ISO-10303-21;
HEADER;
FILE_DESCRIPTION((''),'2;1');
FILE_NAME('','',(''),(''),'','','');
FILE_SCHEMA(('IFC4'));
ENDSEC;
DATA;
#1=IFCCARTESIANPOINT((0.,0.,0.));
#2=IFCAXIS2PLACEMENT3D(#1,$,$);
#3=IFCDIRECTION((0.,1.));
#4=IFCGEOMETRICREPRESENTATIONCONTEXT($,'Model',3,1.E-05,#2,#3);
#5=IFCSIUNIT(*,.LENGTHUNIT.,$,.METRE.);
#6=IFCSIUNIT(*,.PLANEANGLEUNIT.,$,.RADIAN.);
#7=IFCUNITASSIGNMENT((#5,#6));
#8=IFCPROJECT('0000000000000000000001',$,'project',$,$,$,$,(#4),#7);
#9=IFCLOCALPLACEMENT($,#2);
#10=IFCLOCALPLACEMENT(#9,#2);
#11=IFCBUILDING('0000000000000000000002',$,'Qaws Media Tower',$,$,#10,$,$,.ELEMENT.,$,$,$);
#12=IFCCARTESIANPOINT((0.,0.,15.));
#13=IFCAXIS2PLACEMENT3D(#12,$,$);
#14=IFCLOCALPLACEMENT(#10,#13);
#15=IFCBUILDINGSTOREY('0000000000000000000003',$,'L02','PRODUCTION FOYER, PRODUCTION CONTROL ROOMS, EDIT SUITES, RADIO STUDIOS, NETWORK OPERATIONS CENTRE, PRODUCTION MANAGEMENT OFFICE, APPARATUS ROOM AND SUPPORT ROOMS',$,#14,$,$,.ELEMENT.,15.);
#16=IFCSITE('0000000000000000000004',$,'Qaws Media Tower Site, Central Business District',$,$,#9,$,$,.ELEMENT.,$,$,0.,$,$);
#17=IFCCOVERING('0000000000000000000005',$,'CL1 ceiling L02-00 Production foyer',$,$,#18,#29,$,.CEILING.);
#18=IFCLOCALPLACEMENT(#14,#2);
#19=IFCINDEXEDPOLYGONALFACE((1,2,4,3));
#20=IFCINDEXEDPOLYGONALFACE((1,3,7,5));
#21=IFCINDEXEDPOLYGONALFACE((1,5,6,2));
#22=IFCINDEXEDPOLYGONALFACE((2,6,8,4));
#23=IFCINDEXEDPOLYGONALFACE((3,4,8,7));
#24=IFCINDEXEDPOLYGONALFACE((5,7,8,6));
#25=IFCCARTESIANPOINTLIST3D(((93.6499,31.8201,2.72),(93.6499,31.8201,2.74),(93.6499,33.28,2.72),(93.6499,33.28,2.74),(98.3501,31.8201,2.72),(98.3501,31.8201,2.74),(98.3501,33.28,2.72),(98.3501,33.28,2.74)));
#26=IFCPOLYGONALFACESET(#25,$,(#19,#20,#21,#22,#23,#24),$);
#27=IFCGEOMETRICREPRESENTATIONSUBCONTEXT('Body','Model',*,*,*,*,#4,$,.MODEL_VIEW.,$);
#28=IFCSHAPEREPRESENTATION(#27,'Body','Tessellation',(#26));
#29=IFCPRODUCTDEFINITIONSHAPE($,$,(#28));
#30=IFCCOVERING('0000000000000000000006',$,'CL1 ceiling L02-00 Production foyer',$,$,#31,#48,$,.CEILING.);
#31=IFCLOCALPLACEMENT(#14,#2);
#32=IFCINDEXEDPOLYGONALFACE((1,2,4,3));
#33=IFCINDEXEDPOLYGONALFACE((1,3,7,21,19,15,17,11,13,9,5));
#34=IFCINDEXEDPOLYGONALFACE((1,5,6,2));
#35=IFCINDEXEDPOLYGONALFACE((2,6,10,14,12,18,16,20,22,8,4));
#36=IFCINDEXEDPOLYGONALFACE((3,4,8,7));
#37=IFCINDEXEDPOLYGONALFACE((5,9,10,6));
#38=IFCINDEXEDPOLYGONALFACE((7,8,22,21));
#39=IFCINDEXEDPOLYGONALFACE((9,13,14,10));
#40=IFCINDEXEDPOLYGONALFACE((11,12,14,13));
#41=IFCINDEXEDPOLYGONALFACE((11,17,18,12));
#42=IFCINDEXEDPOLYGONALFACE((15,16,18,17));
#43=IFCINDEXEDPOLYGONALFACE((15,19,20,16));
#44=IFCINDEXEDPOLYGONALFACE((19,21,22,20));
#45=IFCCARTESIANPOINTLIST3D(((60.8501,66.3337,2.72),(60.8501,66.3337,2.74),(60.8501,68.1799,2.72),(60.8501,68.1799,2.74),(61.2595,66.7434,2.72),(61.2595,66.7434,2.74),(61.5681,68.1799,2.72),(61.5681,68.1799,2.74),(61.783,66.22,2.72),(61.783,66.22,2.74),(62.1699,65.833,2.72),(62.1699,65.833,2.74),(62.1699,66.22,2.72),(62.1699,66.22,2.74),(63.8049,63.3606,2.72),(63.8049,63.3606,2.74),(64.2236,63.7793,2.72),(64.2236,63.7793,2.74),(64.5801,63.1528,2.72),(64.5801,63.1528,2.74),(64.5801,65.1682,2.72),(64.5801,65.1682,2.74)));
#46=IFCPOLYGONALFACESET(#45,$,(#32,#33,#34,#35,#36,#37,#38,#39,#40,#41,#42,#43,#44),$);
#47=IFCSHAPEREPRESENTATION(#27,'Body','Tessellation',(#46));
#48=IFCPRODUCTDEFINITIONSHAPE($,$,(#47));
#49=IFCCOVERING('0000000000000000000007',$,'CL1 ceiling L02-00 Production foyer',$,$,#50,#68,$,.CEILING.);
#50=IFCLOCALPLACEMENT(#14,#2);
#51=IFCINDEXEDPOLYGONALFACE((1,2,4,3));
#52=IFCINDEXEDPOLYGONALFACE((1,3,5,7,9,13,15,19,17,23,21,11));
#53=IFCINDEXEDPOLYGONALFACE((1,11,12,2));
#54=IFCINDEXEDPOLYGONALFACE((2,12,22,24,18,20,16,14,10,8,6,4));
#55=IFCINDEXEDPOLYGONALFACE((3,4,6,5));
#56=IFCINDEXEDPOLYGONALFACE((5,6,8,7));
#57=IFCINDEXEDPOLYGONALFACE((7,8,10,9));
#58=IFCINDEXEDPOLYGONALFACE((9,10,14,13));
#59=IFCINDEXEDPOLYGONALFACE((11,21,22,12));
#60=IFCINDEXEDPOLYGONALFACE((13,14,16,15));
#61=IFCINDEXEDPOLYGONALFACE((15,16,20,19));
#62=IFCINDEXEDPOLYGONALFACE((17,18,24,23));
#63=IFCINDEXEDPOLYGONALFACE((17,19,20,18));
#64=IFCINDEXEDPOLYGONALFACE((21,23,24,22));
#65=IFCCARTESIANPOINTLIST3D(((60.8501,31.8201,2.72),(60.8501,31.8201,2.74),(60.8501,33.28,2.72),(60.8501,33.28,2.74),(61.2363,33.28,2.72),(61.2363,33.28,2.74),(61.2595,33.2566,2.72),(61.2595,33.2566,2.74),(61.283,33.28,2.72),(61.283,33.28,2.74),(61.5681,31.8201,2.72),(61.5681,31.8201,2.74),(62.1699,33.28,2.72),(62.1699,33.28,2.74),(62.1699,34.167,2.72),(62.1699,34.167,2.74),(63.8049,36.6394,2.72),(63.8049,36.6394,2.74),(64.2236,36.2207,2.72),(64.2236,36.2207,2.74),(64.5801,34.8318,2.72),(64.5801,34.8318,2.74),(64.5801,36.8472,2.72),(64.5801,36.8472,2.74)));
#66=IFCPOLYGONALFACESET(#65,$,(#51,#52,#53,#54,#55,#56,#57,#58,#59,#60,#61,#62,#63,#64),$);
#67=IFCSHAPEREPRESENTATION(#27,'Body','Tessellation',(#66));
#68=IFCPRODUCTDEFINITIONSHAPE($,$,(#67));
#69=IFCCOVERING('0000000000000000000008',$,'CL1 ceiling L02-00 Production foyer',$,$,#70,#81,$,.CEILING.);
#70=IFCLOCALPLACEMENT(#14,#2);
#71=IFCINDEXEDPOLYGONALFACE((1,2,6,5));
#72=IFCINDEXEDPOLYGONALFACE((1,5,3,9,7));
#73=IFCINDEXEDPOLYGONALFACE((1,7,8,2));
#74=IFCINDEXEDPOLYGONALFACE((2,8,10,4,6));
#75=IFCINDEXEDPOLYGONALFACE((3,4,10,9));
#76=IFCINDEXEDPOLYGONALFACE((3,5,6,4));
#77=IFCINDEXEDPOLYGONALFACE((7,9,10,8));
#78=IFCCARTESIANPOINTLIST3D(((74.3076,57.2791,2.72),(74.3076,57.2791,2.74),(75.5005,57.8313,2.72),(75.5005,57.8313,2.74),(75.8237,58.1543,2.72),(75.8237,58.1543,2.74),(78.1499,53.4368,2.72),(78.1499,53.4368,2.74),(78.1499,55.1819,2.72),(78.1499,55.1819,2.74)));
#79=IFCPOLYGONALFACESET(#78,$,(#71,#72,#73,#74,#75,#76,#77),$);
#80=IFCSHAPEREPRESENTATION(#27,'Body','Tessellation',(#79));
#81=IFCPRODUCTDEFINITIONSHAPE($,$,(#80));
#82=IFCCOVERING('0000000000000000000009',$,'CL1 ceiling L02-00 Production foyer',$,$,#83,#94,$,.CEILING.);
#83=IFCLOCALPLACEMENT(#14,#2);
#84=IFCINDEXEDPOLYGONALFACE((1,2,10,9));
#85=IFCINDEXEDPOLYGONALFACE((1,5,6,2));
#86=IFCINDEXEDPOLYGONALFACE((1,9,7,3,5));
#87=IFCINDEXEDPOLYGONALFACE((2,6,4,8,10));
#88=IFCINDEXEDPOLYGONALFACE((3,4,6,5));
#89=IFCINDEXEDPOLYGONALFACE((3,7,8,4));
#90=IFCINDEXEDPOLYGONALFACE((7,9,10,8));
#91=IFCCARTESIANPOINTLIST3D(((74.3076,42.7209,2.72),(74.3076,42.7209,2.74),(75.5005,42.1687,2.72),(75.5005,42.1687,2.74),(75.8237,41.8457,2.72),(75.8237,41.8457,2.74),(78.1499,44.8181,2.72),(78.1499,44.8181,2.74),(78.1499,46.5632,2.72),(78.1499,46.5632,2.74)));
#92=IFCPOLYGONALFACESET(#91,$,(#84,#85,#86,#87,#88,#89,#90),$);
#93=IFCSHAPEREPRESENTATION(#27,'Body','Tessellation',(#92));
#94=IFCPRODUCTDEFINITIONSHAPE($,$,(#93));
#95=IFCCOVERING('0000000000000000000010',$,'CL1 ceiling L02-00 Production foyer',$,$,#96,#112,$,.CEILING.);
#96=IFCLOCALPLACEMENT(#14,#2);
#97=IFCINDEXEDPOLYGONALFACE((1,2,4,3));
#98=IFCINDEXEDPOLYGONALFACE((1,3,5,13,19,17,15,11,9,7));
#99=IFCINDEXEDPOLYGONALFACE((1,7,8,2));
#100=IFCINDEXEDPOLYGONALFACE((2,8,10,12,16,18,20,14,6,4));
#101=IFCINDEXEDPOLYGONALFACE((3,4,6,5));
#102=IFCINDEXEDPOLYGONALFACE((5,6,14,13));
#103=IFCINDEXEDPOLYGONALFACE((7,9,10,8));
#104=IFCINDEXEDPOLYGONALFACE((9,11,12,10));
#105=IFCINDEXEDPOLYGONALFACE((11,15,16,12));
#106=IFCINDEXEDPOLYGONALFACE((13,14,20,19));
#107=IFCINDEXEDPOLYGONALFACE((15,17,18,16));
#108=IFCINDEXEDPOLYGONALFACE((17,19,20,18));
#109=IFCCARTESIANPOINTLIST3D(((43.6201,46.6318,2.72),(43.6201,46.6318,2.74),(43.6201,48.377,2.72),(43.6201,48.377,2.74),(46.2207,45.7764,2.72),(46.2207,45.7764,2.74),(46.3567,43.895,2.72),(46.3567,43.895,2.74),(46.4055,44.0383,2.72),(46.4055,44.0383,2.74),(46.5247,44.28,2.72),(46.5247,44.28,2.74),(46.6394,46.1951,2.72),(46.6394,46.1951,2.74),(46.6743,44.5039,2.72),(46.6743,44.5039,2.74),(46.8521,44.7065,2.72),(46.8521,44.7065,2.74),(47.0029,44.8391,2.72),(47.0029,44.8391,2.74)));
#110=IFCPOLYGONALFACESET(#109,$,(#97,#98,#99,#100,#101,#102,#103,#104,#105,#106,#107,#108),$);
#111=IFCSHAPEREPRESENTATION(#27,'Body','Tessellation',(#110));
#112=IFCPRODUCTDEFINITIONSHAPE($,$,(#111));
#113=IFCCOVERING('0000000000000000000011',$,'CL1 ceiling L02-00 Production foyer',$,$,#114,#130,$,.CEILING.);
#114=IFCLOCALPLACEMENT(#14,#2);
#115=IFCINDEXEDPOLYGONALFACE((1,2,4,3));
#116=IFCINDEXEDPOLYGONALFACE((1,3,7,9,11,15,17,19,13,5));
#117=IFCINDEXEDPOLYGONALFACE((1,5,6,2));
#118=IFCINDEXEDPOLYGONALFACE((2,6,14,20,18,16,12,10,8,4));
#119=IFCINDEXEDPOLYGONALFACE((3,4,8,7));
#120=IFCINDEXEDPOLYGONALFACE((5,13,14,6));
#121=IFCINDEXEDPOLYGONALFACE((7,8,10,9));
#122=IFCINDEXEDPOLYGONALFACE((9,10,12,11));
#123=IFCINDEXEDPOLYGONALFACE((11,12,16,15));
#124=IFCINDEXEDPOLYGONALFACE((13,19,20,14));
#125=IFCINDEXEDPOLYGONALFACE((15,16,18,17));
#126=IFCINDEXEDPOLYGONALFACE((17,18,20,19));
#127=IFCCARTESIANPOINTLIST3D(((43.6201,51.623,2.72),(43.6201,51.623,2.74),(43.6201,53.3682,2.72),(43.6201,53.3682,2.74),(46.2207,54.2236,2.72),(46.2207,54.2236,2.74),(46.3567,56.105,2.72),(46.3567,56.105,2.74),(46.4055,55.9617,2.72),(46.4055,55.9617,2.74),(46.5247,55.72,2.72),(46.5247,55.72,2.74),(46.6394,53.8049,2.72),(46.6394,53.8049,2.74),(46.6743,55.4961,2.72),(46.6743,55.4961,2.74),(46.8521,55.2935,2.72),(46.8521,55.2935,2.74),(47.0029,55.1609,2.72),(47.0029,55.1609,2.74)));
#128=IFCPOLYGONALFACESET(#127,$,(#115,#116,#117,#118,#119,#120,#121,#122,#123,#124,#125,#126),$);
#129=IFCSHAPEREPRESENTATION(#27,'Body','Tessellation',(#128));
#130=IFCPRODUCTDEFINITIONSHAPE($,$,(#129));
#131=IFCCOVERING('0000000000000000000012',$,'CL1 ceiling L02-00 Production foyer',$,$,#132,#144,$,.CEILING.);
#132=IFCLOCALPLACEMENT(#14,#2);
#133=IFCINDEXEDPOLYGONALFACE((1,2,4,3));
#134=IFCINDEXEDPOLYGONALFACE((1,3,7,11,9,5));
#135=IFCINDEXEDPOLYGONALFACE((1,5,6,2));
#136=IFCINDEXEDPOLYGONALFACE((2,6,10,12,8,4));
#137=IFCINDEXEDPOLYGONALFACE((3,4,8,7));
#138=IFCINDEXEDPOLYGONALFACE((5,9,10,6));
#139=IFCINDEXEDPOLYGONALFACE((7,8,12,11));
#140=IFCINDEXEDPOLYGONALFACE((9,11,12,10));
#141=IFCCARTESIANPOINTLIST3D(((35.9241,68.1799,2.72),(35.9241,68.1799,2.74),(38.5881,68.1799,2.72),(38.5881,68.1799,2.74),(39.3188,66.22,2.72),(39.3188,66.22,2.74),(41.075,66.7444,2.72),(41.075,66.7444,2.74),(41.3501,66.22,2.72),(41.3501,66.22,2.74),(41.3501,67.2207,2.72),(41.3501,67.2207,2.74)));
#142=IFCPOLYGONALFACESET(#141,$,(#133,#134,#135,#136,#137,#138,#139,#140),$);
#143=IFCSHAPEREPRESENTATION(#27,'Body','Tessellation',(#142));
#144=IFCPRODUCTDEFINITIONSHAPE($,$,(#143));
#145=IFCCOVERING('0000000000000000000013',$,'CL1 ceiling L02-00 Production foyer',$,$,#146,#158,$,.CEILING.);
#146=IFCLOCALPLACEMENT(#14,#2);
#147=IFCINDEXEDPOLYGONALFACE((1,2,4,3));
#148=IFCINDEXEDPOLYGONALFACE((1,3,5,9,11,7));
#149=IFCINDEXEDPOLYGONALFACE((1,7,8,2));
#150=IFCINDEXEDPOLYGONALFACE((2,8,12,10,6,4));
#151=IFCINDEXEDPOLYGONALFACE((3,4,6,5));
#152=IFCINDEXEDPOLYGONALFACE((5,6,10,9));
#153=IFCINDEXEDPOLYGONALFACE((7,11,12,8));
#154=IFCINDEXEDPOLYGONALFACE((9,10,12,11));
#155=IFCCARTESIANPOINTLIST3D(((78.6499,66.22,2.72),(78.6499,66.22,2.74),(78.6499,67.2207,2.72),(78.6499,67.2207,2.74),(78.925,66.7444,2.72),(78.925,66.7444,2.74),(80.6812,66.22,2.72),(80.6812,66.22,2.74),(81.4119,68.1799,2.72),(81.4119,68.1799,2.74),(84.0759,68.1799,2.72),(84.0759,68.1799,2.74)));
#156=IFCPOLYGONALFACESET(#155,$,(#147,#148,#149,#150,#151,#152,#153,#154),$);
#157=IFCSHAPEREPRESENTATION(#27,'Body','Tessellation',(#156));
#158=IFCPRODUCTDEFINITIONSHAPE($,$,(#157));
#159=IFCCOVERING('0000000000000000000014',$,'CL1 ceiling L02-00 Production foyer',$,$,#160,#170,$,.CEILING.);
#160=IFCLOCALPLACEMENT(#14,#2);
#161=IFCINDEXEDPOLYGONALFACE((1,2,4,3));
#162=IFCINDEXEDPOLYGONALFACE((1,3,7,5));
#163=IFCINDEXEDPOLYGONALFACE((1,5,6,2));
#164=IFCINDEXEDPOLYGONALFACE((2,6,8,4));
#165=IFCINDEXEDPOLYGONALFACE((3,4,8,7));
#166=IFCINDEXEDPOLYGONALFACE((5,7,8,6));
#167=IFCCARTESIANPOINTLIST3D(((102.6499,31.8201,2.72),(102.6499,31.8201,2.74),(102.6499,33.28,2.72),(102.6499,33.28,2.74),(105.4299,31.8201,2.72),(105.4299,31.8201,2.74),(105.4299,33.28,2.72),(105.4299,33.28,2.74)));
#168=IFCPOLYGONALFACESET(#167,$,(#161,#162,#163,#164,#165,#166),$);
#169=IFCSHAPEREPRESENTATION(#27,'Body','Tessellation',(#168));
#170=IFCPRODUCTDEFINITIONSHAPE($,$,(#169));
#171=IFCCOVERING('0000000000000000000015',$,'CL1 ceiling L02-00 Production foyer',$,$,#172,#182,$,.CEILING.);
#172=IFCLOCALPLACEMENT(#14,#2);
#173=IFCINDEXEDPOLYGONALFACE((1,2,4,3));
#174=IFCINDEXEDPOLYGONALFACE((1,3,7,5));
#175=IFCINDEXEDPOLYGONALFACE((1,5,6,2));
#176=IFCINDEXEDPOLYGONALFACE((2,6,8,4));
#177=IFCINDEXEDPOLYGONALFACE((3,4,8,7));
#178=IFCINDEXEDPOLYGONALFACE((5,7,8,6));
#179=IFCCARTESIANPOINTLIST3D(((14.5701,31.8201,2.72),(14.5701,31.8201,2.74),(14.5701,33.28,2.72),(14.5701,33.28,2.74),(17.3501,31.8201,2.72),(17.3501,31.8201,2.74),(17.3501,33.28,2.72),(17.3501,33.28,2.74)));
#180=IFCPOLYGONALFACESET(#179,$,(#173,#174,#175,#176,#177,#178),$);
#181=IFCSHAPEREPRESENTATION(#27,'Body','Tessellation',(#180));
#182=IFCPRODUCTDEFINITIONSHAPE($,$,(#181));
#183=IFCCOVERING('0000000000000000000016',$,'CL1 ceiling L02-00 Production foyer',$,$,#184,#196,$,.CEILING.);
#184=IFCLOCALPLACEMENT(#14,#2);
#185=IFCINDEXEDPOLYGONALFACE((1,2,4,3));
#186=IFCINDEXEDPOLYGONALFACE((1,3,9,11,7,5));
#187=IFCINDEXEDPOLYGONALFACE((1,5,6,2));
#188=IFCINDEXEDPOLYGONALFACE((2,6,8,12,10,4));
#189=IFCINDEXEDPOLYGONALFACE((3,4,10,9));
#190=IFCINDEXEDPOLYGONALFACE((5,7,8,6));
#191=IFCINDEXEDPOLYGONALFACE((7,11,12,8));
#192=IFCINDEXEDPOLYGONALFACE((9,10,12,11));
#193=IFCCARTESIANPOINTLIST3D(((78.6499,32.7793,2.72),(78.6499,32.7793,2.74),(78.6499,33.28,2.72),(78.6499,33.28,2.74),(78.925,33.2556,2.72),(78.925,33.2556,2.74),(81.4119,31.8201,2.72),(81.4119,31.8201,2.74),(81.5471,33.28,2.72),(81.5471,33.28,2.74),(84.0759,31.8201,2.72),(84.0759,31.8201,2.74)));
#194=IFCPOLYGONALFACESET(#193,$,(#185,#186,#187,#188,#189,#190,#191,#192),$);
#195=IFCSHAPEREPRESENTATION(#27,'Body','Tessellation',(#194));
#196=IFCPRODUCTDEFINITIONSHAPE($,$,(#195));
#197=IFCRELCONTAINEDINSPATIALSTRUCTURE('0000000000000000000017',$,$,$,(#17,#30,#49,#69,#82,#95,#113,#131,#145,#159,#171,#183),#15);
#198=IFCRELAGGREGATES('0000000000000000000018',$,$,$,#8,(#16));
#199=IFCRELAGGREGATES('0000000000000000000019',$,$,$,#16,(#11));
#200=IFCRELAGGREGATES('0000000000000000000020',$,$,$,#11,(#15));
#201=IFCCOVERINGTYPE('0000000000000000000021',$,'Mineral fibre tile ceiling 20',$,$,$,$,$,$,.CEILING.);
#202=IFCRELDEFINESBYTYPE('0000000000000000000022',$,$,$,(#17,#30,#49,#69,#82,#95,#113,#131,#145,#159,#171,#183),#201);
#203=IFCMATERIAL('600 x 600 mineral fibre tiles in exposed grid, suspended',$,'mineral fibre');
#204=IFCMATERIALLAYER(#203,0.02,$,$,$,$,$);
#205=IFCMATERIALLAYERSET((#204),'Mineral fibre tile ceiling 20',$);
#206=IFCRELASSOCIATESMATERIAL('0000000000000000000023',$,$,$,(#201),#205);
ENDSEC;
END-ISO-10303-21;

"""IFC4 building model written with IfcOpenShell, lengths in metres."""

from ifc_helpers import new_model, si_unit, direction, frame, origin, place, context, subcontext, project, spatial, polyline, outline, extrude, material, layer, layer_set, type_object, element, save


model = new_model("IFC4")

# Units and contexts
model_context = context("Model", 3, precision=1e-05, world=origin(), true_north=direction((0.0, 1.0)))
body_context = subcontext(model_context, "Body", "Model", "MODEL_VIEW")
ifc_project = project(units=[si_unit("LENGTHUNIT", "METRE"), si_unit("PLANEANGLEUNIT", "RADIAN")], contexts=[model_context])

# Site, building, storey
site_placement = place(None, origin())
site = spatial("IfcSite", under=ifc_project, at=site_placement, Name="Qaws Media Tower Site, Central Business District", CompositionType="ELEMENT", RefElevation=0.0)
building_placement = place(site_placement, origin())
building = spatial("IfcBuilding", under=site, at=building_placement, Name="Qaws Media Tower", CompositionType="ELEMENT")
storey_placement = place(building_placement, frame((0.0, 0.0, 15.0)))
storey = spatial("IfcBuildingStorey", under=building, at=storey_placement, Name="L02", Description="PRODUCTION FOYER, PRODUCTION CONTROL ROOMS, EDIT SUITES, RADIO STUDIOS, NETWORK OPERATIONS CENTRE, PRODUCTION MANAGEMENT OFFICE, APPARATUS ROOM AND SUPPORT ROOMS", CompositionType="ELEMENT", Elevation=15.0)

# Coverings
ifc_material = material(Name="600 x 600 mineral fibre tiles in exposed grid, suspended", Category="mineral fibre")
ifc_layer = layer(ifc_material, 0.02)
ifc_layer_set = layer_set([ifc_layer], Name="Mineral fibre tile ceiling 20")
covering_type = type_object("IfcCoveringType", Name="Mineral fibre tile ceiling 20", PredefinedType="CEILING", material=ifc_layer_set)
covering_1_placement = place(storey_placement, frame((0.0, 0.0, 2.72)))
element("IfcCovering", 1, at=covering_1_placement, inside=storey, type_object=covering_type, Name="CL1 ceiling L02-00 Production foyer", PredefinedType="CEILING", context=body_context, shape_type="SweptSolid", body=[
    extrude(outline(polyline([(98.3501, 33.28), (98.3501, 31.8201), (93.6499, 31.8201), (93.6499, 33.28), (98.3501, 33.28)])), origin(), (0.0, 0.0, 1.0), 0.02),
])
covering_2_placement = place(storey_placement, frame((0.0, 0.0, 2.72)))
element("IfcCovering", 2, at=covering_2_placement, inside=storey, type_object=covering_type, Name="CL1 ceiling L02-00 Production foyer", PredefinedType="CEILING", context=body_context, shape_type="SweptSolid", body=[
    extrude(outline(polyline([(61.5681, 68.1799), (64.5801, 65.1682), (64.5801, 63.1528), (63.8049, 63.3606), (64.2236, 63.7793), (62.1699, 65.833), (62.1699, 66.22), (61.783, 66.22), (61.2595, 66.7434), (60.8501, 66.3337), (60.8501, 68.1799), (61.5681, 68.1799)])), origin(), (0.0, 0.0, 1.0), 0.02),
])
covering_3_placement = place(storey_placement, frame((0.0, 0.0, 2.72)))
element("IfcCovering", 3, at=covering_3_placement, inside=storey, type_object=covering_type, Name="CL1 ceiling L02-00 Production foyer", PredefinedType="CEILING", context=body_context, shape_type="SweptSolid", body=[
    extrude(outline(polyline([(60.8501, 31.8201), (60.8501, 33.28), (61.2363, 33.28), (61.2595, 33.2566), (61.283, 33.28), (62.1699, 33.28), (62.1699, 34.167), (64.2236, 36.2207), (63.8049, 36.6394), (64.5801, 36.8472), (64.5801, 34.8318), (61.5681, 31.8201), (60.8501, 31.8201)])), origin(), (0.0, 0.0, 1.0), 0.02),
])
covering_4_placement = place(storey_placement, frame((0.0, 0.0, 2.72)))
element("IfcCovering", 4, at=covering_4_placement, inside=storey, type_object=covering_type, Name="CL1 ceiling L02-00 Production foyer", PredefinedType="CEILING", context=body_context, shape_type="SweptSolid", body=[
    extrude(outline(polyline([(78.1499, 53.4368), (74.3076, 57.2791), (75.8237, 58.1543), (75.5005, 57.8313), (78.1499, 55.1819), (78.1499, 53.4368)])), origin(), (0.0, 0.0, 1.0), 0.02),
])
covering_5_placement = place(storey_placement, frame((0.0, 0.0, 2.72)))
element("IfcCovering", 5, at=covering_5_placement, inside=storey, type_object=covering_type, Name="CL1 ceiling L02-00 Production foyer", PredefinedType="CEILING", context=body_context, shape_type="SweptSolid", body=[
    extrude(outline(polyline([(78.1499, 44.8181), (75.5005, 42.1687), (75.8237, 41.8457), (74.3076, 42.7209), (78.1499, 46.5632), (78.1499, 44.8181)])), origin(), (0.0, 0.0, 1.0), 0.02),
])
covering_6_placement = place(storey_placement, frame((0.0, 0.0, 2.72)))
element("IfcCovering", 6, at=covering_6_placement, inside=storey, type_object=covering_type, Name="CL1 ceiling L02-00 Production foyer", PredefinedType="CEILING", context=body_context, shape_type="SweptSolid", body=[
    extrude(outline(polyline([(46.8521, 44.7065), (46.6743, 44.5039), (46.5247, 44.28), (46.4055, 44.0383), (46.3567, 43.895), (43.6201, 46.6318), (43.6201, 48.377), (46.2207, 45.7764), (46.6394, 46.1951), (47.0029, 44.8391), (46.8521, 44.7065)])), origin(), (0.0, 0.0, 1.0), 0.02),
])
covering_7_placement = place(storey_placement, frame((0.0, 0.0, 2.72)))
element("IfcCovering", 7, at=covering_7_placement, inside=storey, type_object=covering_type, Name="CL1 ceiling L02-00 Production foyer", PredefinedType="CEILING", context=body_context, shape_type="SweptSolid", body=[
    extrude(outline(polyline([(46.4055, 55.9617), (46.5247, 55.72), (46.6743, 55.4961), (46.8521, 55.2935), (47.0029, 55.1609), (46.6394, 53.8049), (46.2207, 54.2236), (43.6201, 51.623), (43.6201, 53.3682), (46.3567, 56.105), (46.4055, 55.9617)])), origin(), (0.0, 0.0, 1.0), 0.02),
])
covering_8_placement = place(storey_placement, frame((0.0, 0.0, 2.72)))
element("IfcCovering", 8, at=covering_8_placement, inside=storey, type_object=covering_type, Name="CL1 ceiling L02-00 Production foyer", PredefinedType="CEILING", context=body_context, shape_type="SweptSolid", body=[
    extrude(outline(polyline([(38.5881, 68.1799), (41.075, 66.7444), (41.3501, 67.2207), (41.3501, 66.22), (39.3188, 66.22), (35.9241, 68.1799), (38.5881, 68.1799)])), origin(), (0.0, 0.0, 1.0), 0.02),
])
covering_9_placement = place(storey_placement, frame((0.0, 0.0, 2.72)))
element("IfcCovering", 9, at=covering_9_placement, inside=storey, type_object=covering_type, Name="CL1 ceiling L02-00 Production foyer", PredefinedType="CEILING", context=body_context, shape_type="SweptSolid", body=[
    extrude(outline(polyline([(84.0759, 68.1799), (80.6812, 66.22), (78.6499, 66.22), (78.6499, 67.2207), (78.925, 66.7444), (81.4119, 68.1799), (84.0759, 68.1799)])), origin(), (0.0, 0.0, 1.0), 0.02),
])
covering_10_placement = place(storey_placement, frame((0.0, 0.0, 2.72)))
element("IfcCovering", 10, at=covering_10_placement, inside=storey, type_object=covering_type, Name="CL1 ceiling L02-00 Production foyer", PredefinedType="CEILING", context=body_context, shape_type="SweptSolid", body=[
    extrude(outline(polyline([(105.4299, 33.28), (105.4299, 31.8201), (102.6499, 31.8201), (102.6499, 33.28), (105.4299, 33.28)])), origin(), (0.0, 0.0, 1.0), 0.02),
])
covering_11_placement = place(storey_placement, frame((0.0, 0.0, 2.72)))
element("IfcCovering", 11, at=covering_11_placement, inside=storey, type_object=covering_type, Name="CL1 ceiling L02-00 Production foyer", PredefinedType="CEILING", context=body_context, shape_type="SweptSolid", body=[
    extrude(outline(polyline([(14.5701, 31.8201), (14.5701, 33.28), (17.3501, 33.28), (17.3501, 31.8201), (14.5701, 31.8201)])), origin(), (0.0, 0.0, 1.0), 0.02),
])
covering_12_placement = place(storey_placement, frame((0.0, 0.0, 2.72)))
element("IfcCovering", 12, at=covering_12_placement, inside=storey, type_object=covering_type, Name="CL1 ceiling L02-00 Production foyer", PredefinedType="CEILING", context=body_context, shape_type="SweptSolid", body=[
    extrude(outline(polyline([(81.4119, 31.8201), (78.925, 33.2556), (78.6499, 32.7793), (78.6499, 33.28), (81.5471, 33.28), (84.0759, 31.8201), (81.4119, 31.8201)])), origin(), (0.0, 0.0, 1.0), 0.02),
])

save(model, "model.ifc")
